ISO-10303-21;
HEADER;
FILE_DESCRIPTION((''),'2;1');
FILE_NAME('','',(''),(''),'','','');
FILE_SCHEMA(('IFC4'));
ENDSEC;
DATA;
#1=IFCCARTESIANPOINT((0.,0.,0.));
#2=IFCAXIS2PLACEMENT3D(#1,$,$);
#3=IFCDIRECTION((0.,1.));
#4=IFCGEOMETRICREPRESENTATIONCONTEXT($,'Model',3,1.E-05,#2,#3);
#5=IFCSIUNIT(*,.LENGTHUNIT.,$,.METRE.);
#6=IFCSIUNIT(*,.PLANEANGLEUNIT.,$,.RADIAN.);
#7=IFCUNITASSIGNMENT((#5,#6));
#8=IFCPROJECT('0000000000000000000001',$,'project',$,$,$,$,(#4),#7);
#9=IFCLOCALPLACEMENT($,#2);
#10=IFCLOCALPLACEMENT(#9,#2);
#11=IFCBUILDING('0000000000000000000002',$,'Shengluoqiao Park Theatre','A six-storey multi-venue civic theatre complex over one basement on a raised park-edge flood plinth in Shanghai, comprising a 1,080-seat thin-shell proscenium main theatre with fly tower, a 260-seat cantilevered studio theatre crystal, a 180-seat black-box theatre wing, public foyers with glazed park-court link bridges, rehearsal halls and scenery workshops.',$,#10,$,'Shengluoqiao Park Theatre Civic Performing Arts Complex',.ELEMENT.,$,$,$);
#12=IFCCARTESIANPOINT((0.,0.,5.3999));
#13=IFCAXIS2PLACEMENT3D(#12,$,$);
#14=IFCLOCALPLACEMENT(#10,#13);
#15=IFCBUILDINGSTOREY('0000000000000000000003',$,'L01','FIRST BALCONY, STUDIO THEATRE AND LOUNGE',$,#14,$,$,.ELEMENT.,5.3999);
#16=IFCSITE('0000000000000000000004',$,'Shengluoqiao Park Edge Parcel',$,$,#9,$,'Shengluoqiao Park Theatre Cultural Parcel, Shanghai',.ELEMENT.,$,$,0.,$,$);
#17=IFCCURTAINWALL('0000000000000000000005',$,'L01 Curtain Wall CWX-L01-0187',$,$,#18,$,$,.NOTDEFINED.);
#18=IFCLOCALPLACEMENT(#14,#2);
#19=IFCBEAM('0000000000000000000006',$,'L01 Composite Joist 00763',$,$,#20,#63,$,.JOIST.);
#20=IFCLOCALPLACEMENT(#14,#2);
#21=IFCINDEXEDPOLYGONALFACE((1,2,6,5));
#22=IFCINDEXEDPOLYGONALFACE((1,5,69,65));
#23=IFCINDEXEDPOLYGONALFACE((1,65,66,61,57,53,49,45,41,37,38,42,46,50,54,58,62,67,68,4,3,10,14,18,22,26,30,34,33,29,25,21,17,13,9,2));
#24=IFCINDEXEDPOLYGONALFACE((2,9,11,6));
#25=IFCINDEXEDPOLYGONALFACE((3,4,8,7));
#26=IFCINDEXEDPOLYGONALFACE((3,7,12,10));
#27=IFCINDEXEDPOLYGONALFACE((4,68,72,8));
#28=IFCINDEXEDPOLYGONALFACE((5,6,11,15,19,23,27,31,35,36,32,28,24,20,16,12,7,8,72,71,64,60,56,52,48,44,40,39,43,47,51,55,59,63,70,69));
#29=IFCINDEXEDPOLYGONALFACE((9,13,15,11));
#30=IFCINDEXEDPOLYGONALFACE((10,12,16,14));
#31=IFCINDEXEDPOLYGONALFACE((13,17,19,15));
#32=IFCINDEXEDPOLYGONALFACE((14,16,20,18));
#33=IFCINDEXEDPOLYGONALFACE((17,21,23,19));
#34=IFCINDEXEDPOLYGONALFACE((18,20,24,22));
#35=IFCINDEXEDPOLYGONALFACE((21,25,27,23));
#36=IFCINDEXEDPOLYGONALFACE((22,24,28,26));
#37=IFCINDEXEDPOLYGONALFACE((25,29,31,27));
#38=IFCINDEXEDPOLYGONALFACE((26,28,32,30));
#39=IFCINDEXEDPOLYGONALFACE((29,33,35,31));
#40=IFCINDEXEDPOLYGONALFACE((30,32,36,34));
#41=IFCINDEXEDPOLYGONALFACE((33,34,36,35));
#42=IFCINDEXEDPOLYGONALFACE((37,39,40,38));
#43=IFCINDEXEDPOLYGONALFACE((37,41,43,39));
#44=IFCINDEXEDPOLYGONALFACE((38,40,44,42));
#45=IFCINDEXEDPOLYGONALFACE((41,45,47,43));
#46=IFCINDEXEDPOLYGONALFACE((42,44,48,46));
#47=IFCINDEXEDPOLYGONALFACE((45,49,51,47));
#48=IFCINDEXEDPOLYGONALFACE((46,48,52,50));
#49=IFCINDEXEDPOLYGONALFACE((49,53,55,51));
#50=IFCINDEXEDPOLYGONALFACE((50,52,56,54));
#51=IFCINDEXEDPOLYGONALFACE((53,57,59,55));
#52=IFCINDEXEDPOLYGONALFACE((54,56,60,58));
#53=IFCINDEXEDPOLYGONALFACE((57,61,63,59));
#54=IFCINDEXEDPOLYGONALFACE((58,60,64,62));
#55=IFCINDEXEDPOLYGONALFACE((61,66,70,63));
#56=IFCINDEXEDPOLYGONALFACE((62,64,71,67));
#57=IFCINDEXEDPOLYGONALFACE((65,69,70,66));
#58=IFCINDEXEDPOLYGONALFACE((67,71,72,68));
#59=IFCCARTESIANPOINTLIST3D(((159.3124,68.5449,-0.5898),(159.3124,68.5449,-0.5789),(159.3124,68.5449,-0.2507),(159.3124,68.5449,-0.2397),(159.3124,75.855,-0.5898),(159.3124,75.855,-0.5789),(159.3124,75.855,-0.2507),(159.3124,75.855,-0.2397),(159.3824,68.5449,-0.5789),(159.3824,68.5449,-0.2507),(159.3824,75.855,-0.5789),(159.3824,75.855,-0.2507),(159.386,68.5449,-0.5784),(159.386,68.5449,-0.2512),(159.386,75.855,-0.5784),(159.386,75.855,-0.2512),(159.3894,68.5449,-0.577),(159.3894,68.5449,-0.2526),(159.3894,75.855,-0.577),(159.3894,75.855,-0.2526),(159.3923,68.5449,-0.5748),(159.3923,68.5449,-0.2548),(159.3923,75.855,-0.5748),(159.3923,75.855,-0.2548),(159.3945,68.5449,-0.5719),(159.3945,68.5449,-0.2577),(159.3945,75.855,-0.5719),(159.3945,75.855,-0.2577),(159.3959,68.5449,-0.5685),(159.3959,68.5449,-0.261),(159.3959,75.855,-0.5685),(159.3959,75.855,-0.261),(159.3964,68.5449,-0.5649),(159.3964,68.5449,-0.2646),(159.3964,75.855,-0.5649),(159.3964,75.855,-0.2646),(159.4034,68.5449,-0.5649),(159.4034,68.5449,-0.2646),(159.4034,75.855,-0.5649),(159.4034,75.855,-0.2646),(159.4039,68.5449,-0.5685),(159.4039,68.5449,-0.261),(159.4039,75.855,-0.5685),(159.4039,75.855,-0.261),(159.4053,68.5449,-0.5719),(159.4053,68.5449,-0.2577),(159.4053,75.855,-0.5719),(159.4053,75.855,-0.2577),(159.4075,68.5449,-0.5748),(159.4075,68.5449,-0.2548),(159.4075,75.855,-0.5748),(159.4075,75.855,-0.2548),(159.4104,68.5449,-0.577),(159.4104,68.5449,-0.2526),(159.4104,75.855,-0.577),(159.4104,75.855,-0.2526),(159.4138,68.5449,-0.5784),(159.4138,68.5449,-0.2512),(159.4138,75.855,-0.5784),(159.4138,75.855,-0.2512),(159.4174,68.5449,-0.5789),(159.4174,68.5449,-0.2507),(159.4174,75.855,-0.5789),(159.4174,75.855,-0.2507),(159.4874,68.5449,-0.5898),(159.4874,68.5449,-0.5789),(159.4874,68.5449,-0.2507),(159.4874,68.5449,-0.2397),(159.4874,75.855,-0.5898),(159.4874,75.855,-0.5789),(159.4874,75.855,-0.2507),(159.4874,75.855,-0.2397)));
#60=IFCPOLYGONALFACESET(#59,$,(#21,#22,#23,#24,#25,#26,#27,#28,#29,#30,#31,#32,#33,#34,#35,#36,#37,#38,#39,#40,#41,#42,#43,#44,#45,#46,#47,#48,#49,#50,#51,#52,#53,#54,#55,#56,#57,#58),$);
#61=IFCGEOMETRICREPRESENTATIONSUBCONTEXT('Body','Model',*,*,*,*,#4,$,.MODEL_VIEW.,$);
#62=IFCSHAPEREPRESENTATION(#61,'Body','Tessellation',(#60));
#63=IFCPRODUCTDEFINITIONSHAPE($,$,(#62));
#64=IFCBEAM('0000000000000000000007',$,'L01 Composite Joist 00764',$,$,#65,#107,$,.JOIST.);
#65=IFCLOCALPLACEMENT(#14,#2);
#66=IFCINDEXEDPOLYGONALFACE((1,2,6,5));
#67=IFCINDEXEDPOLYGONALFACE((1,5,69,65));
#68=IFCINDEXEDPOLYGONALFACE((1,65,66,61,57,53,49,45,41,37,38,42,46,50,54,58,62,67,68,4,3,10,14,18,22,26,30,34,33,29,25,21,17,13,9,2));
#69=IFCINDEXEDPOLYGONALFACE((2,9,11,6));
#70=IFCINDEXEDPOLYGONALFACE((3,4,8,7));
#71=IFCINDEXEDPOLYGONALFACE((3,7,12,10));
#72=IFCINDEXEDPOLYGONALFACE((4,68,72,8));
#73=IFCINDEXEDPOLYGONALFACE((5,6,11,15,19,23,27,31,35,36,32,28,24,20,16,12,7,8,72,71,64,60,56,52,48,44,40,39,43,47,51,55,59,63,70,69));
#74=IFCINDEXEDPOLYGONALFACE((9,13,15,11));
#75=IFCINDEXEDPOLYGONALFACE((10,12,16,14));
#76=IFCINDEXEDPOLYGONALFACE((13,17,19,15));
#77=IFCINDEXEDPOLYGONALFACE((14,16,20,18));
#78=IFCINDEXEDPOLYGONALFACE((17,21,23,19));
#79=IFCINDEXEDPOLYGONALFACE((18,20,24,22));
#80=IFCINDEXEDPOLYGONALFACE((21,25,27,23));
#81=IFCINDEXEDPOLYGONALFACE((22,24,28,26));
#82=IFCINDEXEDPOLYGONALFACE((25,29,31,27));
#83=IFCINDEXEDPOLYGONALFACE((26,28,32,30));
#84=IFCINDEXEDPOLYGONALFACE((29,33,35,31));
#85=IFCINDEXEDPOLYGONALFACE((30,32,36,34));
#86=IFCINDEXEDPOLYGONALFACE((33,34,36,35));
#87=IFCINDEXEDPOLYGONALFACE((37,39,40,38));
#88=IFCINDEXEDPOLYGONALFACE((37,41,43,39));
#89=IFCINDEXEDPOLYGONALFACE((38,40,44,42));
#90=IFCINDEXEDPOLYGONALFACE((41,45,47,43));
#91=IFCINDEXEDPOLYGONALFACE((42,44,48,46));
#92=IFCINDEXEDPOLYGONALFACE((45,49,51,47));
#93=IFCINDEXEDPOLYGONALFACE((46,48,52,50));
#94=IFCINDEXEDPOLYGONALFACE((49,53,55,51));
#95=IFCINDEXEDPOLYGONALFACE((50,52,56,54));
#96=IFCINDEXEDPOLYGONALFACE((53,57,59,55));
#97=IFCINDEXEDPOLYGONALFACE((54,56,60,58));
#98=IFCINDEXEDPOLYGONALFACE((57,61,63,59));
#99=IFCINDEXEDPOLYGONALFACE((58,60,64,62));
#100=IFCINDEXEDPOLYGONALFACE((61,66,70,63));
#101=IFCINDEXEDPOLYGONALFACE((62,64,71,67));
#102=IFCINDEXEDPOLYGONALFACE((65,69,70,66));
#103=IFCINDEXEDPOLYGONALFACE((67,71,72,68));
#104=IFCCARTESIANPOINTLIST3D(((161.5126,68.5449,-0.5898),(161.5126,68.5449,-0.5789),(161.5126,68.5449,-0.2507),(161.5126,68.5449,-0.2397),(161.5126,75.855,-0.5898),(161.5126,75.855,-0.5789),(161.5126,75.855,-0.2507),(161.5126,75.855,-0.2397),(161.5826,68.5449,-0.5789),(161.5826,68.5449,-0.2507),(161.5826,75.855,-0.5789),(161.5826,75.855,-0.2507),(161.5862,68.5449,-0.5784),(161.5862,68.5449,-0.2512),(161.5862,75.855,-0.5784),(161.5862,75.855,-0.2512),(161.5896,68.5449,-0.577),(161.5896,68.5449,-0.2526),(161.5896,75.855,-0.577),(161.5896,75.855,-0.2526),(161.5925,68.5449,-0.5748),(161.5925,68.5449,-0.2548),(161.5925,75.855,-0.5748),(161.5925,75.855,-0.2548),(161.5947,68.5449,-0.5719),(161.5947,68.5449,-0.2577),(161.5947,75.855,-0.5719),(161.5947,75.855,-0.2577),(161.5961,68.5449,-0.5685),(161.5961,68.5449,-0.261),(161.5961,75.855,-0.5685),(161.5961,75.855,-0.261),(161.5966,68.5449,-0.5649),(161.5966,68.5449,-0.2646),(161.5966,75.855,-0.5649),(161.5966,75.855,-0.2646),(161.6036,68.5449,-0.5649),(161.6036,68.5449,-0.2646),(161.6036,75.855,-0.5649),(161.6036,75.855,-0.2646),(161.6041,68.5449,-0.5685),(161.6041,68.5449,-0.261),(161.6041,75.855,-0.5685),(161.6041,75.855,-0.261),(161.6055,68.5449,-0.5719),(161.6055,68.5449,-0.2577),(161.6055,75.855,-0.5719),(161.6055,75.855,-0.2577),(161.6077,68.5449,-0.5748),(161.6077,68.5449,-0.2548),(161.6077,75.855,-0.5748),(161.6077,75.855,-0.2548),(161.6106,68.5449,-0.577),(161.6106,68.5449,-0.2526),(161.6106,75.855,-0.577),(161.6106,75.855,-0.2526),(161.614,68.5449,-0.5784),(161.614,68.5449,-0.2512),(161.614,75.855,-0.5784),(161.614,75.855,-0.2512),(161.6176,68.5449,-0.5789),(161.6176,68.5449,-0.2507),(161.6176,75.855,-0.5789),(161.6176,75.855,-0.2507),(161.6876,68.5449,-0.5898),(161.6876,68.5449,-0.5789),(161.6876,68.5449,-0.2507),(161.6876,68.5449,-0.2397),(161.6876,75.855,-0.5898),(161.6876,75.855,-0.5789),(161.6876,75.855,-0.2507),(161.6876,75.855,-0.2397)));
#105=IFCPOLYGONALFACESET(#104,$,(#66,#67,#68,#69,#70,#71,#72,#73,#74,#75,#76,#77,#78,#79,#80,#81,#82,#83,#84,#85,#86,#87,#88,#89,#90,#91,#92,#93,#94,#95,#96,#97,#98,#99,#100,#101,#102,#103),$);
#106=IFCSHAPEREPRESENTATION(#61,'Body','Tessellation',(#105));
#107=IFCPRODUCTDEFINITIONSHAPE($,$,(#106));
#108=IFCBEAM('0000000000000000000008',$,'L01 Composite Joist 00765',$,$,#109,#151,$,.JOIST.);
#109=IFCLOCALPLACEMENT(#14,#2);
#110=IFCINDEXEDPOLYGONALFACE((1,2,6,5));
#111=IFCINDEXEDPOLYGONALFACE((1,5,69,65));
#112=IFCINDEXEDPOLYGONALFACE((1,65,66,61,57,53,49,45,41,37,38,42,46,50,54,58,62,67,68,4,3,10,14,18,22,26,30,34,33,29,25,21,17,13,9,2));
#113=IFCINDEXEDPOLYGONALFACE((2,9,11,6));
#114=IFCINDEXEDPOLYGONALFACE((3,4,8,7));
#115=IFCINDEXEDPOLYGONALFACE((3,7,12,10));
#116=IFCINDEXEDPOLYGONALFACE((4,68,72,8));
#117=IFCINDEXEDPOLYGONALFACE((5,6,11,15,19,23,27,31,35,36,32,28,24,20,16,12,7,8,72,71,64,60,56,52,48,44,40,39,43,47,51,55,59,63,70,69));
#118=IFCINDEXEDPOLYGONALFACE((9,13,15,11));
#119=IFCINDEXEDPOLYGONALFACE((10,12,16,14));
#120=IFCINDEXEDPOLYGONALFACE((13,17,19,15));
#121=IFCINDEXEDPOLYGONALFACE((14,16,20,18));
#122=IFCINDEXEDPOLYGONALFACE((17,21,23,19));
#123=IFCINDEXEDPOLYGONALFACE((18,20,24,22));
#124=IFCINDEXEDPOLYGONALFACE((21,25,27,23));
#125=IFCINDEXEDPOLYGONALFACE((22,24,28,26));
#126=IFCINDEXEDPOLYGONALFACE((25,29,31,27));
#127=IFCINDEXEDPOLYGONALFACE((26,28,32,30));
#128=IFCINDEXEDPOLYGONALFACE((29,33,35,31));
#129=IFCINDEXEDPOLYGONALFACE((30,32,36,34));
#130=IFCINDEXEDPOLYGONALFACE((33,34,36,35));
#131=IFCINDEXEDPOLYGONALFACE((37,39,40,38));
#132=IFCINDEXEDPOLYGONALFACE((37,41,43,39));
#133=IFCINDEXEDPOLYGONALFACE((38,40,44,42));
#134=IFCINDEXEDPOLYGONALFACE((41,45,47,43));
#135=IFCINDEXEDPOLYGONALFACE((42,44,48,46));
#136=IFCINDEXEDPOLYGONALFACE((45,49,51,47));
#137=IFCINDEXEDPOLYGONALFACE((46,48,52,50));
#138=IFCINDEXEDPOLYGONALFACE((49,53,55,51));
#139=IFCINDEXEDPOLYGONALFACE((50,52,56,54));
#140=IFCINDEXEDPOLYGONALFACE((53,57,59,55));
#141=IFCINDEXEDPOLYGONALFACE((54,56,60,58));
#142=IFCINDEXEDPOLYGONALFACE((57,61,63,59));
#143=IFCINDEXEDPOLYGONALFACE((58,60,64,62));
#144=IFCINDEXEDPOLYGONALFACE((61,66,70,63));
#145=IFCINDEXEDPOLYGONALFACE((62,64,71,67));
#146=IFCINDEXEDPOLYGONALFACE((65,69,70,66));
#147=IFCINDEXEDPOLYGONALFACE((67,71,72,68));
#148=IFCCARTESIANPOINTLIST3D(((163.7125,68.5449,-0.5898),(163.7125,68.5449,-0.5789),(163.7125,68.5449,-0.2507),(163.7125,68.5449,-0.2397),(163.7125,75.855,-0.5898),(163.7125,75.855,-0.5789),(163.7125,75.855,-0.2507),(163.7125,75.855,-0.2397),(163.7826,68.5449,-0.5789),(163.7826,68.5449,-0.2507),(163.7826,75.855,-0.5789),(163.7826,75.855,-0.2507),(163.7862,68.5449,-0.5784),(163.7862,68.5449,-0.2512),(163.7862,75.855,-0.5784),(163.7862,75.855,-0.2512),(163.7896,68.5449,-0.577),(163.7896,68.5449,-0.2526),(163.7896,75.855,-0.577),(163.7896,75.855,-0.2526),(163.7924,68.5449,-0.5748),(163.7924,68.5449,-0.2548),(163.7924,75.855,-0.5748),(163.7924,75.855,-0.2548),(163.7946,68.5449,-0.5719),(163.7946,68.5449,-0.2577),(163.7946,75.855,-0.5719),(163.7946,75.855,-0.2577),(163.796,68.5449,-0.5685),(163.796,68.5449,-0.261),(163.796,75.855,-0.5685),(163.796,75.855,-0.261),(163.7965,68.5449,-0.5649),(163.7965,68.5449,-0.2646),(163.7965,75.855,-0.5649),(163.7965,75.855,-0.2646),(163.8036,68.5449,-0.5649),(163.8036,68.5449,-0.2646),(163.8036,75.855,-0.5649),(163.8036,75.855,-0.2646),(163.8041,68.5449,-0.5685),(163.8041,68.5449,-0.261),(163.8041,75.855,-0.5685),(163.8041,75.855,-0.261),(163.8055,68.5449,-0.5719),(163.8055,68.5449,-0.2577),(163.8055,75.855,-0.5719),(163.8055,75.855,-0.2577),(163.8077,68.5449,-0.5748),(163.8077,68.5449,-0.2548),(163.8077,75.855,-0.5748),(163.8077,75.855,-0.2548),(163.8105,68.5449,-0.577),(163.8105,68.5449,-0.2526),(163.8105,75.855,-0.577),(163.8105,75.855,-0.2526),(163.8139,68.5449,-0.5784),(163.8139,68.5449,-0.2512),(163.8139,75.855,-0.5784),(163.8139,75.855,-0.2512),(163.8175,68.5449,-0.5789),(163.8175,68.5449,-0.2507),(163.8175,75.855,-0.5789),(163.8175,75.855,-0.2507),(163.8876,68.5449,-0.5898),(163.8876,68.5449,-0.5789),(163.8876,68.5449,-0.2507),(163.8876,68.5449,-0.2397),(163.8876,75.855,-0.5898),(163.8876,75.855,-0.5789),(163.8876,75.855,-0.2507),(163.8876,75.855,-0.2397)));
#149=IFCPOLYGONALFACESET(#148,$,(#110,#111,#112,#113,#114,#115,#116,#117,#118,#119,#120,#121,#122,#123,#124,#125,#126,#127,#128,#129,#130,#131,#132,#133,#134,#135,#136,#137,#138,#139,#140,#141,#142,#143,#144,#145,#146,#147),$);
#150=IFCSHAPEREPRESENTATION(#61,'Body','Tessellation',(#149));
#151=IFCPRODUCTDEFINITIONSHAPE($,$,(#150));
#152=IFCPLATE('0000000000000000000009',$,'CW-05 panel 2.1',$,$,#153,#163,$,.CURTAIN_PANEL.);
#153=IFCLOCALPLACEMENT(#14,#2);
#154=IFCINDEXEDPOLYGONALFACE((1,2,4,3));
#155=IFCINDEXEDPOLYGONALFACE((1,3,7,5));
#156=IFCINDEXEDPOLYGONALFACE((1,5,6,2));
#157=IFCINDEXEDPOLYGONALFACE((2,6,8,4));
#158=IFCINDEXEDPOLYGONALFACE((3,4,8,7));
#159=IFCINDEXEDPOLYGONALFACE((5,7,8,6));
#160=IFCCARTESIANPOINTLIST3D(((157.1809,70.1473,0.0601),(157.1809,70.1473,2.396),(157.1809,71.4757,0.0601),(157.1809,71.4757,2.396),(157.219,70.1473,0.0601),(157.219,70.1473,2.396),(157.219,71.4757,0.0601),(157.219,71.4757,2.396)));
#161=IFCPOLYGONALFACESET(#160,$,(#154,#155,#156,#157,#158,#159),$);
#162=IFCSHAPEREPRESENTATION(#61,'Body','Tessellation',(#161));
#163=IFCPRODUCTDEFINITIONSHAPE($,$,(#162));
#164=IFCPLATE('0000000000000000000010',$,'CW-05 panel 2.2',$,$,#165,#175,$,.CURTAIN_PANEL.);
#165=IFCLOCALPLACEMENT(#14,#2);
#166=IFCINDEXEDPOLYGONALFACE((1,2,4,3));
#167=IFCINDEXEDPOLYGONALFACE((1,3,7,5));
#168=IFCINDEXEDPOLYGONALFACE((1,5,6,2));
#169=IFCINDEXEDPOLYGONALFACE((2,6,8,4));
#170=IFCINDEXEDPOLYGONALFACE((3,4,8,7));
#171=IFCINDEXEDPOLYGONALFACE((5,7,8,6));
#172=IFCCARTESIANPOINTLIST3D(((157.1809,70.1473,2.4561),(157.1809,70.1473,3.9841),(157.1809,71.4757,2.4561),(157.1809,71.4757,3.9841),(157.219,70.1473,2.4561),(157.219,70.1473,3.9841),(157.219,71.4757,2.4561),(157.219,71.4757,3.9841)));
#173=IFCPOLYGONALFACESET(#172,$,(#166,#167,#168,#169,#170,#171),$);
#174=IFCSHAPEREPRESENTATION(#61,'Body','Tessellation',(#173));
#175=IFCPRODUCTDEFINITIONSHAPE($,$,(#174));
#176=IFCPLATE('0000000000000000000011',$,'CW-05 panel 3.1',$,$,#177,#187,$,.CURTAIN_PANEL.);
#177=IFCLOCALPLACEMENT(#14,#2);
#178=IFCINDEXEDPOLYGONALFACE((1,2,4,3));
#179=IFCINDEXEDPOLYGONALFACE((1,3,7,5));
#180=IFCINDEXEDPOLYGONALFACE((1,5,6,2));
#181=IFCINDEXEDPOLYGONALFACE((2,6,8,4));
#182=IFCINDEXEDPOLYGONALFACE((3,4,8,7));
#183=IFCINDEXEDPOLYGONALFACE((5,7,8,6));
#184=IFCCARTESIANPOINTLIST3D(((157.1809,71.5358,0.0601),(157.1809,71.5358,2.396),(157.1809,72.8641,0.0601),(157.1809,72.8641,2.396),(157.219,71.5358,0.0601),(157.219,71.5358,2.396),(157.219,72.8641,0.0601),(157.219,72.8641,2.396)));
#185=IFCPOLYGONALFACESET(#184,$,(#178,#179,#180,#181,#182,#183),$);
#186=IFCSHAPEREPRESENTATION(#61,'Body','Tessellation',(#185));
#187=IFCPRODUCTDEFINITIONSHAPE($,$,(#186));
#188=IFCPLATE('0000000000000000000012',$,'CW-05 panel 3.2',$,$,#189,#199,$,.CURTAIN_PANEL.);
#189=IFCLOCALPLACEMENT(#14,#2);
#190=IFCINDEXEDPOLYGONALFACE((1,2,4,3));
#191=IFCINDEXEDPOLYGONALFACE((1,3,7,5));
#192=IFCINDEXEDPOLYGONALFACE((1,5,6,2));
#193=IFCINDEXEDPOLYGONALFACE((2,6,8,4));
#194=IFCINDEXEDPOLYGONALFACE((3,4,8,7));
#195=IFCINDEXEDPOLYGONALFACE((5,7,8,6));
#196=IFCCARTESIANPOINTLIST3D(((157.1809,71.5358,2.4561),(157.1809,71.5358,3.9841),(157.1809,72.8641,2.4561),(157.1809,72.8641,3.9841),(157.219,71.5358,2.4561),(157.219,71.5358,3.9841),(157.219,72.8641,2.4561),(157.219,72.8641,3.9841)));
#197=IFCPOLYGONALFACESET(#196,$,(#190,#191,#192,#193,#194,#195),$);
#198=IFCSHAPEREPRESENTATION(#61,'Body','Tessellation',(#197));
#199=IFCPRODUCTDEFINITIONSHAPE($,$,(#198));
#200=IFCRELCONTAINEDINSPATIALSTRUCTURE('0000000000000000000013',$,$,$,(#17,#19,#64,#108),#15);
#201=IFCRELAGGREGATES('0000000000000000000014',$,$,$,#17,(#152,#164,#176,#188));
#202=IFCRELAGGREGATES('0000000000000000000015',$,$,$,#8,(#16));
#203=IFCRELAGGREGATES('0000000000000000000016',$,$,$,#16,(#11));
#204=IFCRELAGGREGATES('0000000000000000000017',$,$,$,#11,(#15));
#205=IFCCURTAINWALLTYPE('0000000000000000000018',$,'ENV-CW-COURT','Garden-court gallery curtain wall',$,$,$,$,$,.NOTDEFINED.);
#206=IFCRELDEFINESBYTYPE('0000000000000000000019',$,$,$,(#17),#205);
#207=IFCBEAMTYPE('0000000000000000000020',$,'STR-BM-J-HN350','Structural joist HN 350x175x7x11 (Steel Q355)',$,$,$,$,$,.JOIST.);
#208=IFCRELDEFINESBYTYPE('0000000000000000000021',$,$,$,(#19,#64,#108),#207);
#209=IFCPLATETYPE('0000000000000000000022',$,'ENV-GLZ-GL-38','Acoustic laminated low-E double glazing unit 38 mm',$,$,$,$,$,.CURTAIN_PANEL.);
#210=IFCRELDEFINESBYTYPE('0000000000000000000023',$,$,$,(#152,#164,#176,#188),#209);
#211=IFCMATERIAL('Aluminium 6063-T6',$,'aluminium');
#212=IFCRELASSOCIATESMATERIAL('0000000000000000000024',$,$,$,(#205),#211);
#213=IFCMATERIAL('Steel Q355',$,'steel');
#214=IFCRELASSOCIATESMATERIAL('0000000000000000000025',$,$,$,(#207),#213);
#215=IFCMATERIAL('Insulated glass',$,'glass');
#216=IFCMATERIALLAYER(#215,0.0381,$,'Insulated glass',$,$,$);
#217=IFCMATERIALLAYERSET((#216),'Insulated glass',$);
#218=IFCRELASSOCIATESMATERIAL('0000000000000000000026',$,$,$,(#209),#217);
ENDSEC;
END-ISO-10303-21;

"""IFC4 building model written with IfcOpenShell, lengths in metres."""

from ifc_helpers import new_model, si_unit, direction, frame, origin, origin_2d, place, context, subcontext, project, spatial, rectangle, i_section, extrude, material, layer, layer_set, material_profile, profile_set, type_object, element, aggregate, save


model = new_model("IFC4")

# Units and contexts
model_context = context("Model", 3, precision=1e-05, world=origin(), true_north=direction((0.0, 1.0)))
body_context = subcontext(model_context, "Body", "Model", "MODEL_VIEW")
ifc_project = project(units=[si_unit("LENGTHUNIT", "METRE"), si_unit("PLANEANGLEUNIT", "RADIAN")], contexts=[model_context])

# Site, building, storey
site_placement = place(None, origin())
site = spatial("IfcSite", under=ifc_project, at=site_placement, Name="Shengluoqiao Park Edge Parcel", LongName="Shengluoqiao Park Theatre Cultural Parcel, Shanghai", CompositionType="ELEMENT", RefElevation=0.0)
building_placement = place(site_placement, origin())
building = spatial("IfcBuilding", under=site, at=building_placement, Name="Shengluoqiao Park Theatre", Description="A six-storey multi-venue civic theatre complex over one basement on a raised park-edge flood plinth in Shanghai, comprising a 1,080-seat thin-shell proscenium main theatre with fly tower, a 260-seat cantilevered studio theatre crystal, a 180-seat black-box theatre wing, public foyers with glazed park-court link bridges, rehearsal halls and scenery workshops.", LongName="Shengluoqiao Park Theatre Civic Performing Arts Complex", CompositionType="ELEMENT")
storey_placement = place(building_placement, frame((0.0, 0.0, 5.3999)))
storey = spatial("IfcBuildingStorey", under=building, at=storey_placement, Name="L01", Description="FIRST BALCONY, STUDIO THEATRE AND LOUNGE", CompositionType="ELEMENT", Elevation=5.3999)

# Curtain wall
ifc_material_1 = material(Name="Aluminium 6063-T6", Category="aluminium")
curtain_wall_type = type_object("IfcCurtainWallType", Name="ENV-CW-COURT", Description="Garden-court gallery curtain wall", PredefinedType="NOTDEFINED", material=ifc_material_1)
curtain_wall_placement = place(storey_placement, origin())
curtain_wall = element("IfcCurtainWall", 1, at=curtain_wall_placement, inside=storey, type_object=curtain_wall_type, Name="L01 Curtain Wall CWX-L01-0187", PredefinedType="NOTDEFINED")

# Beams
ifc_material_2 = material(Name="Steel Q355", Category="steel")
ifc_material_profile_1 = material_profile(ifc_material_2, i_section(OverallWidth=0.175, OverallDepth=0.3501, WebThickness=0.0071, FlangeThickness=0.011, FilletRadius=0.0139, at=origin_2d()), Name="HN 350x175x7x11")
ifc_profile_set_1 = profile_set([ifc_material_profile_1], Name="Steel Q355")
beam_type_1 = type_object("IfcBeamType", Name="STR-BM-J-HN350", Description="Structural joist HN 350x175x7x11 (Steel Q355)", PredefinedType="JOIST", material=ifc_profile_set_1)
for number, where, z_axis, x_axis, name in (
    (2, (159.3999, 68.5449, -0.4148), (0.0, 1.0, 0.0), (-1.0, 0.0, 0.0), "L01 Composite Joist 00763"),
    (3, (161.6001, 68.5449, -0.4148), (0.0, 1.0, 0.0), (-1.0, 0.0, 0.0), "L01 Composite Joist 00764"),
    (4, (163.8, 68.5449, -0.4148), (0.0, 1.0, 0.0), (-1.0, 0.0, 0.0), "L01 Composite Joist 00765"),
):
    element("IfcBeam", number, at=place(storey_placement, frame(where, z_axis=z_axis, x_axis=x_axis)), inside=storey, type_object=beam_type_1, Name=name, PredefinedType="JOIST", context=body_context, shape_type="SweptSolid", body=[
        extrude(i_section(OverallWidth=0.175, OverallDepth=0.3501, WebThickness=0.0071, FlangeThickness=0.011, FilletRadius=0.0139, at=origin_2d()), origin(), (0.0, 0.0, 1.0), 7.3101),
    ])

# Plates
ifc_material_3 = material(Name="Insulated glass", Category="glass")
ifc_layer_1 = layer(ifc_material_3, 0.0381, Name="Insulated glass")
ifc_layer_set_1 = layer_set([ifc_layer_1], Name="Insulated glass")
plate_type = type_object("IfcPlateType", Name="ENV-GLZ-GL-38", Description="Acoustic laminated low-E double glazing unit 38 mm", PredefinedType="CURTAIN_PANEL", material=ifc_layer_set_1)
plate_1_placement = place(storey_placement, frame((157.2, 70.8115, 0.0601), z_axis=(0.0, 0.0, 1.0), x_axis=(0.0, 1.0, 0.0)))
plate_1 = element("IfcPlate", 5, at=plate_1_placement, type_object=plate_type, Name="CW-05 panel 2.1", PredefinedType="CURTAIN_PANEL", context=body_context, shape_type="SweptSolid", body=[
    extrude(rectangle(XDim=1.3284, YDim=0.0381, at=origin_2d()), origin(), (0.0, 0.0, 1.0), 2.3359),
])
plate_2_placement = place(storey_placement, frame((157.2, 70.8115, 2.4561), z_axis=(0.0, 0.0, 1.0), x_axis=(0.0, 1.0, 0.0)))
plate_2 = element("IfcPlate", 6, at=plate_2_placement, type_object=plate_type, Name="CW-05 panel 2.2", PredefinedType="CURTAIN_PANEL", context=body_context, shape_type="SweptSolid", body=[
    extrude(rectangle(XDim=1.3284, YDim=0.0381, at=origin_2d()), origin(), (0.0, 0.0, 1.0), 1.5281),
])
plate_3_placement = place(storey_placement, frame((157.2, 72.2, 0.0601), z_axis=(0.0, 0.0, 1.0), x_axis=(0.0, 1.0, 0.0)))
plate_3 = element("IfcPlate", 7, at=plate_3_placement, type_object=plate_type, Name="CW-05 panel 3.1", PredefinedType="CURTAIN_PANEL", context=body_context, shape_type="SweptSolid", body=[
    extrude(rectangle(XDim=1.3284, YDim=0.0381, at=origin_2d()), origin(), (0.0, 0.0, 1.0), 2.3359),
])
plate_4_placement = place(storey_placement, frame((157.2, 72.2, 2.4561), z_axis=(0.0, 0.0, 1.0), x_axis=(0.0, 1.0, 0.0)))
plate_4 = element("IfcPlate", 8, at=plate_4_placement, type_object=plate_type, Name="CW-05 panel 3.2", PredefinedType="CURTAIN_PANEL", context=body_context, shape_type="SweptSolid", body=[
    extrude(rectangle(XDim=1.3284, YDim=0.0381, at=origin_2d()), origin(), (0.0, 0.0, 1.0), 1.5281),
])
aggregate(curtain_wall, [plate_1, plate_2, plate_3, plate_4])

save(model, "model.ifc")
